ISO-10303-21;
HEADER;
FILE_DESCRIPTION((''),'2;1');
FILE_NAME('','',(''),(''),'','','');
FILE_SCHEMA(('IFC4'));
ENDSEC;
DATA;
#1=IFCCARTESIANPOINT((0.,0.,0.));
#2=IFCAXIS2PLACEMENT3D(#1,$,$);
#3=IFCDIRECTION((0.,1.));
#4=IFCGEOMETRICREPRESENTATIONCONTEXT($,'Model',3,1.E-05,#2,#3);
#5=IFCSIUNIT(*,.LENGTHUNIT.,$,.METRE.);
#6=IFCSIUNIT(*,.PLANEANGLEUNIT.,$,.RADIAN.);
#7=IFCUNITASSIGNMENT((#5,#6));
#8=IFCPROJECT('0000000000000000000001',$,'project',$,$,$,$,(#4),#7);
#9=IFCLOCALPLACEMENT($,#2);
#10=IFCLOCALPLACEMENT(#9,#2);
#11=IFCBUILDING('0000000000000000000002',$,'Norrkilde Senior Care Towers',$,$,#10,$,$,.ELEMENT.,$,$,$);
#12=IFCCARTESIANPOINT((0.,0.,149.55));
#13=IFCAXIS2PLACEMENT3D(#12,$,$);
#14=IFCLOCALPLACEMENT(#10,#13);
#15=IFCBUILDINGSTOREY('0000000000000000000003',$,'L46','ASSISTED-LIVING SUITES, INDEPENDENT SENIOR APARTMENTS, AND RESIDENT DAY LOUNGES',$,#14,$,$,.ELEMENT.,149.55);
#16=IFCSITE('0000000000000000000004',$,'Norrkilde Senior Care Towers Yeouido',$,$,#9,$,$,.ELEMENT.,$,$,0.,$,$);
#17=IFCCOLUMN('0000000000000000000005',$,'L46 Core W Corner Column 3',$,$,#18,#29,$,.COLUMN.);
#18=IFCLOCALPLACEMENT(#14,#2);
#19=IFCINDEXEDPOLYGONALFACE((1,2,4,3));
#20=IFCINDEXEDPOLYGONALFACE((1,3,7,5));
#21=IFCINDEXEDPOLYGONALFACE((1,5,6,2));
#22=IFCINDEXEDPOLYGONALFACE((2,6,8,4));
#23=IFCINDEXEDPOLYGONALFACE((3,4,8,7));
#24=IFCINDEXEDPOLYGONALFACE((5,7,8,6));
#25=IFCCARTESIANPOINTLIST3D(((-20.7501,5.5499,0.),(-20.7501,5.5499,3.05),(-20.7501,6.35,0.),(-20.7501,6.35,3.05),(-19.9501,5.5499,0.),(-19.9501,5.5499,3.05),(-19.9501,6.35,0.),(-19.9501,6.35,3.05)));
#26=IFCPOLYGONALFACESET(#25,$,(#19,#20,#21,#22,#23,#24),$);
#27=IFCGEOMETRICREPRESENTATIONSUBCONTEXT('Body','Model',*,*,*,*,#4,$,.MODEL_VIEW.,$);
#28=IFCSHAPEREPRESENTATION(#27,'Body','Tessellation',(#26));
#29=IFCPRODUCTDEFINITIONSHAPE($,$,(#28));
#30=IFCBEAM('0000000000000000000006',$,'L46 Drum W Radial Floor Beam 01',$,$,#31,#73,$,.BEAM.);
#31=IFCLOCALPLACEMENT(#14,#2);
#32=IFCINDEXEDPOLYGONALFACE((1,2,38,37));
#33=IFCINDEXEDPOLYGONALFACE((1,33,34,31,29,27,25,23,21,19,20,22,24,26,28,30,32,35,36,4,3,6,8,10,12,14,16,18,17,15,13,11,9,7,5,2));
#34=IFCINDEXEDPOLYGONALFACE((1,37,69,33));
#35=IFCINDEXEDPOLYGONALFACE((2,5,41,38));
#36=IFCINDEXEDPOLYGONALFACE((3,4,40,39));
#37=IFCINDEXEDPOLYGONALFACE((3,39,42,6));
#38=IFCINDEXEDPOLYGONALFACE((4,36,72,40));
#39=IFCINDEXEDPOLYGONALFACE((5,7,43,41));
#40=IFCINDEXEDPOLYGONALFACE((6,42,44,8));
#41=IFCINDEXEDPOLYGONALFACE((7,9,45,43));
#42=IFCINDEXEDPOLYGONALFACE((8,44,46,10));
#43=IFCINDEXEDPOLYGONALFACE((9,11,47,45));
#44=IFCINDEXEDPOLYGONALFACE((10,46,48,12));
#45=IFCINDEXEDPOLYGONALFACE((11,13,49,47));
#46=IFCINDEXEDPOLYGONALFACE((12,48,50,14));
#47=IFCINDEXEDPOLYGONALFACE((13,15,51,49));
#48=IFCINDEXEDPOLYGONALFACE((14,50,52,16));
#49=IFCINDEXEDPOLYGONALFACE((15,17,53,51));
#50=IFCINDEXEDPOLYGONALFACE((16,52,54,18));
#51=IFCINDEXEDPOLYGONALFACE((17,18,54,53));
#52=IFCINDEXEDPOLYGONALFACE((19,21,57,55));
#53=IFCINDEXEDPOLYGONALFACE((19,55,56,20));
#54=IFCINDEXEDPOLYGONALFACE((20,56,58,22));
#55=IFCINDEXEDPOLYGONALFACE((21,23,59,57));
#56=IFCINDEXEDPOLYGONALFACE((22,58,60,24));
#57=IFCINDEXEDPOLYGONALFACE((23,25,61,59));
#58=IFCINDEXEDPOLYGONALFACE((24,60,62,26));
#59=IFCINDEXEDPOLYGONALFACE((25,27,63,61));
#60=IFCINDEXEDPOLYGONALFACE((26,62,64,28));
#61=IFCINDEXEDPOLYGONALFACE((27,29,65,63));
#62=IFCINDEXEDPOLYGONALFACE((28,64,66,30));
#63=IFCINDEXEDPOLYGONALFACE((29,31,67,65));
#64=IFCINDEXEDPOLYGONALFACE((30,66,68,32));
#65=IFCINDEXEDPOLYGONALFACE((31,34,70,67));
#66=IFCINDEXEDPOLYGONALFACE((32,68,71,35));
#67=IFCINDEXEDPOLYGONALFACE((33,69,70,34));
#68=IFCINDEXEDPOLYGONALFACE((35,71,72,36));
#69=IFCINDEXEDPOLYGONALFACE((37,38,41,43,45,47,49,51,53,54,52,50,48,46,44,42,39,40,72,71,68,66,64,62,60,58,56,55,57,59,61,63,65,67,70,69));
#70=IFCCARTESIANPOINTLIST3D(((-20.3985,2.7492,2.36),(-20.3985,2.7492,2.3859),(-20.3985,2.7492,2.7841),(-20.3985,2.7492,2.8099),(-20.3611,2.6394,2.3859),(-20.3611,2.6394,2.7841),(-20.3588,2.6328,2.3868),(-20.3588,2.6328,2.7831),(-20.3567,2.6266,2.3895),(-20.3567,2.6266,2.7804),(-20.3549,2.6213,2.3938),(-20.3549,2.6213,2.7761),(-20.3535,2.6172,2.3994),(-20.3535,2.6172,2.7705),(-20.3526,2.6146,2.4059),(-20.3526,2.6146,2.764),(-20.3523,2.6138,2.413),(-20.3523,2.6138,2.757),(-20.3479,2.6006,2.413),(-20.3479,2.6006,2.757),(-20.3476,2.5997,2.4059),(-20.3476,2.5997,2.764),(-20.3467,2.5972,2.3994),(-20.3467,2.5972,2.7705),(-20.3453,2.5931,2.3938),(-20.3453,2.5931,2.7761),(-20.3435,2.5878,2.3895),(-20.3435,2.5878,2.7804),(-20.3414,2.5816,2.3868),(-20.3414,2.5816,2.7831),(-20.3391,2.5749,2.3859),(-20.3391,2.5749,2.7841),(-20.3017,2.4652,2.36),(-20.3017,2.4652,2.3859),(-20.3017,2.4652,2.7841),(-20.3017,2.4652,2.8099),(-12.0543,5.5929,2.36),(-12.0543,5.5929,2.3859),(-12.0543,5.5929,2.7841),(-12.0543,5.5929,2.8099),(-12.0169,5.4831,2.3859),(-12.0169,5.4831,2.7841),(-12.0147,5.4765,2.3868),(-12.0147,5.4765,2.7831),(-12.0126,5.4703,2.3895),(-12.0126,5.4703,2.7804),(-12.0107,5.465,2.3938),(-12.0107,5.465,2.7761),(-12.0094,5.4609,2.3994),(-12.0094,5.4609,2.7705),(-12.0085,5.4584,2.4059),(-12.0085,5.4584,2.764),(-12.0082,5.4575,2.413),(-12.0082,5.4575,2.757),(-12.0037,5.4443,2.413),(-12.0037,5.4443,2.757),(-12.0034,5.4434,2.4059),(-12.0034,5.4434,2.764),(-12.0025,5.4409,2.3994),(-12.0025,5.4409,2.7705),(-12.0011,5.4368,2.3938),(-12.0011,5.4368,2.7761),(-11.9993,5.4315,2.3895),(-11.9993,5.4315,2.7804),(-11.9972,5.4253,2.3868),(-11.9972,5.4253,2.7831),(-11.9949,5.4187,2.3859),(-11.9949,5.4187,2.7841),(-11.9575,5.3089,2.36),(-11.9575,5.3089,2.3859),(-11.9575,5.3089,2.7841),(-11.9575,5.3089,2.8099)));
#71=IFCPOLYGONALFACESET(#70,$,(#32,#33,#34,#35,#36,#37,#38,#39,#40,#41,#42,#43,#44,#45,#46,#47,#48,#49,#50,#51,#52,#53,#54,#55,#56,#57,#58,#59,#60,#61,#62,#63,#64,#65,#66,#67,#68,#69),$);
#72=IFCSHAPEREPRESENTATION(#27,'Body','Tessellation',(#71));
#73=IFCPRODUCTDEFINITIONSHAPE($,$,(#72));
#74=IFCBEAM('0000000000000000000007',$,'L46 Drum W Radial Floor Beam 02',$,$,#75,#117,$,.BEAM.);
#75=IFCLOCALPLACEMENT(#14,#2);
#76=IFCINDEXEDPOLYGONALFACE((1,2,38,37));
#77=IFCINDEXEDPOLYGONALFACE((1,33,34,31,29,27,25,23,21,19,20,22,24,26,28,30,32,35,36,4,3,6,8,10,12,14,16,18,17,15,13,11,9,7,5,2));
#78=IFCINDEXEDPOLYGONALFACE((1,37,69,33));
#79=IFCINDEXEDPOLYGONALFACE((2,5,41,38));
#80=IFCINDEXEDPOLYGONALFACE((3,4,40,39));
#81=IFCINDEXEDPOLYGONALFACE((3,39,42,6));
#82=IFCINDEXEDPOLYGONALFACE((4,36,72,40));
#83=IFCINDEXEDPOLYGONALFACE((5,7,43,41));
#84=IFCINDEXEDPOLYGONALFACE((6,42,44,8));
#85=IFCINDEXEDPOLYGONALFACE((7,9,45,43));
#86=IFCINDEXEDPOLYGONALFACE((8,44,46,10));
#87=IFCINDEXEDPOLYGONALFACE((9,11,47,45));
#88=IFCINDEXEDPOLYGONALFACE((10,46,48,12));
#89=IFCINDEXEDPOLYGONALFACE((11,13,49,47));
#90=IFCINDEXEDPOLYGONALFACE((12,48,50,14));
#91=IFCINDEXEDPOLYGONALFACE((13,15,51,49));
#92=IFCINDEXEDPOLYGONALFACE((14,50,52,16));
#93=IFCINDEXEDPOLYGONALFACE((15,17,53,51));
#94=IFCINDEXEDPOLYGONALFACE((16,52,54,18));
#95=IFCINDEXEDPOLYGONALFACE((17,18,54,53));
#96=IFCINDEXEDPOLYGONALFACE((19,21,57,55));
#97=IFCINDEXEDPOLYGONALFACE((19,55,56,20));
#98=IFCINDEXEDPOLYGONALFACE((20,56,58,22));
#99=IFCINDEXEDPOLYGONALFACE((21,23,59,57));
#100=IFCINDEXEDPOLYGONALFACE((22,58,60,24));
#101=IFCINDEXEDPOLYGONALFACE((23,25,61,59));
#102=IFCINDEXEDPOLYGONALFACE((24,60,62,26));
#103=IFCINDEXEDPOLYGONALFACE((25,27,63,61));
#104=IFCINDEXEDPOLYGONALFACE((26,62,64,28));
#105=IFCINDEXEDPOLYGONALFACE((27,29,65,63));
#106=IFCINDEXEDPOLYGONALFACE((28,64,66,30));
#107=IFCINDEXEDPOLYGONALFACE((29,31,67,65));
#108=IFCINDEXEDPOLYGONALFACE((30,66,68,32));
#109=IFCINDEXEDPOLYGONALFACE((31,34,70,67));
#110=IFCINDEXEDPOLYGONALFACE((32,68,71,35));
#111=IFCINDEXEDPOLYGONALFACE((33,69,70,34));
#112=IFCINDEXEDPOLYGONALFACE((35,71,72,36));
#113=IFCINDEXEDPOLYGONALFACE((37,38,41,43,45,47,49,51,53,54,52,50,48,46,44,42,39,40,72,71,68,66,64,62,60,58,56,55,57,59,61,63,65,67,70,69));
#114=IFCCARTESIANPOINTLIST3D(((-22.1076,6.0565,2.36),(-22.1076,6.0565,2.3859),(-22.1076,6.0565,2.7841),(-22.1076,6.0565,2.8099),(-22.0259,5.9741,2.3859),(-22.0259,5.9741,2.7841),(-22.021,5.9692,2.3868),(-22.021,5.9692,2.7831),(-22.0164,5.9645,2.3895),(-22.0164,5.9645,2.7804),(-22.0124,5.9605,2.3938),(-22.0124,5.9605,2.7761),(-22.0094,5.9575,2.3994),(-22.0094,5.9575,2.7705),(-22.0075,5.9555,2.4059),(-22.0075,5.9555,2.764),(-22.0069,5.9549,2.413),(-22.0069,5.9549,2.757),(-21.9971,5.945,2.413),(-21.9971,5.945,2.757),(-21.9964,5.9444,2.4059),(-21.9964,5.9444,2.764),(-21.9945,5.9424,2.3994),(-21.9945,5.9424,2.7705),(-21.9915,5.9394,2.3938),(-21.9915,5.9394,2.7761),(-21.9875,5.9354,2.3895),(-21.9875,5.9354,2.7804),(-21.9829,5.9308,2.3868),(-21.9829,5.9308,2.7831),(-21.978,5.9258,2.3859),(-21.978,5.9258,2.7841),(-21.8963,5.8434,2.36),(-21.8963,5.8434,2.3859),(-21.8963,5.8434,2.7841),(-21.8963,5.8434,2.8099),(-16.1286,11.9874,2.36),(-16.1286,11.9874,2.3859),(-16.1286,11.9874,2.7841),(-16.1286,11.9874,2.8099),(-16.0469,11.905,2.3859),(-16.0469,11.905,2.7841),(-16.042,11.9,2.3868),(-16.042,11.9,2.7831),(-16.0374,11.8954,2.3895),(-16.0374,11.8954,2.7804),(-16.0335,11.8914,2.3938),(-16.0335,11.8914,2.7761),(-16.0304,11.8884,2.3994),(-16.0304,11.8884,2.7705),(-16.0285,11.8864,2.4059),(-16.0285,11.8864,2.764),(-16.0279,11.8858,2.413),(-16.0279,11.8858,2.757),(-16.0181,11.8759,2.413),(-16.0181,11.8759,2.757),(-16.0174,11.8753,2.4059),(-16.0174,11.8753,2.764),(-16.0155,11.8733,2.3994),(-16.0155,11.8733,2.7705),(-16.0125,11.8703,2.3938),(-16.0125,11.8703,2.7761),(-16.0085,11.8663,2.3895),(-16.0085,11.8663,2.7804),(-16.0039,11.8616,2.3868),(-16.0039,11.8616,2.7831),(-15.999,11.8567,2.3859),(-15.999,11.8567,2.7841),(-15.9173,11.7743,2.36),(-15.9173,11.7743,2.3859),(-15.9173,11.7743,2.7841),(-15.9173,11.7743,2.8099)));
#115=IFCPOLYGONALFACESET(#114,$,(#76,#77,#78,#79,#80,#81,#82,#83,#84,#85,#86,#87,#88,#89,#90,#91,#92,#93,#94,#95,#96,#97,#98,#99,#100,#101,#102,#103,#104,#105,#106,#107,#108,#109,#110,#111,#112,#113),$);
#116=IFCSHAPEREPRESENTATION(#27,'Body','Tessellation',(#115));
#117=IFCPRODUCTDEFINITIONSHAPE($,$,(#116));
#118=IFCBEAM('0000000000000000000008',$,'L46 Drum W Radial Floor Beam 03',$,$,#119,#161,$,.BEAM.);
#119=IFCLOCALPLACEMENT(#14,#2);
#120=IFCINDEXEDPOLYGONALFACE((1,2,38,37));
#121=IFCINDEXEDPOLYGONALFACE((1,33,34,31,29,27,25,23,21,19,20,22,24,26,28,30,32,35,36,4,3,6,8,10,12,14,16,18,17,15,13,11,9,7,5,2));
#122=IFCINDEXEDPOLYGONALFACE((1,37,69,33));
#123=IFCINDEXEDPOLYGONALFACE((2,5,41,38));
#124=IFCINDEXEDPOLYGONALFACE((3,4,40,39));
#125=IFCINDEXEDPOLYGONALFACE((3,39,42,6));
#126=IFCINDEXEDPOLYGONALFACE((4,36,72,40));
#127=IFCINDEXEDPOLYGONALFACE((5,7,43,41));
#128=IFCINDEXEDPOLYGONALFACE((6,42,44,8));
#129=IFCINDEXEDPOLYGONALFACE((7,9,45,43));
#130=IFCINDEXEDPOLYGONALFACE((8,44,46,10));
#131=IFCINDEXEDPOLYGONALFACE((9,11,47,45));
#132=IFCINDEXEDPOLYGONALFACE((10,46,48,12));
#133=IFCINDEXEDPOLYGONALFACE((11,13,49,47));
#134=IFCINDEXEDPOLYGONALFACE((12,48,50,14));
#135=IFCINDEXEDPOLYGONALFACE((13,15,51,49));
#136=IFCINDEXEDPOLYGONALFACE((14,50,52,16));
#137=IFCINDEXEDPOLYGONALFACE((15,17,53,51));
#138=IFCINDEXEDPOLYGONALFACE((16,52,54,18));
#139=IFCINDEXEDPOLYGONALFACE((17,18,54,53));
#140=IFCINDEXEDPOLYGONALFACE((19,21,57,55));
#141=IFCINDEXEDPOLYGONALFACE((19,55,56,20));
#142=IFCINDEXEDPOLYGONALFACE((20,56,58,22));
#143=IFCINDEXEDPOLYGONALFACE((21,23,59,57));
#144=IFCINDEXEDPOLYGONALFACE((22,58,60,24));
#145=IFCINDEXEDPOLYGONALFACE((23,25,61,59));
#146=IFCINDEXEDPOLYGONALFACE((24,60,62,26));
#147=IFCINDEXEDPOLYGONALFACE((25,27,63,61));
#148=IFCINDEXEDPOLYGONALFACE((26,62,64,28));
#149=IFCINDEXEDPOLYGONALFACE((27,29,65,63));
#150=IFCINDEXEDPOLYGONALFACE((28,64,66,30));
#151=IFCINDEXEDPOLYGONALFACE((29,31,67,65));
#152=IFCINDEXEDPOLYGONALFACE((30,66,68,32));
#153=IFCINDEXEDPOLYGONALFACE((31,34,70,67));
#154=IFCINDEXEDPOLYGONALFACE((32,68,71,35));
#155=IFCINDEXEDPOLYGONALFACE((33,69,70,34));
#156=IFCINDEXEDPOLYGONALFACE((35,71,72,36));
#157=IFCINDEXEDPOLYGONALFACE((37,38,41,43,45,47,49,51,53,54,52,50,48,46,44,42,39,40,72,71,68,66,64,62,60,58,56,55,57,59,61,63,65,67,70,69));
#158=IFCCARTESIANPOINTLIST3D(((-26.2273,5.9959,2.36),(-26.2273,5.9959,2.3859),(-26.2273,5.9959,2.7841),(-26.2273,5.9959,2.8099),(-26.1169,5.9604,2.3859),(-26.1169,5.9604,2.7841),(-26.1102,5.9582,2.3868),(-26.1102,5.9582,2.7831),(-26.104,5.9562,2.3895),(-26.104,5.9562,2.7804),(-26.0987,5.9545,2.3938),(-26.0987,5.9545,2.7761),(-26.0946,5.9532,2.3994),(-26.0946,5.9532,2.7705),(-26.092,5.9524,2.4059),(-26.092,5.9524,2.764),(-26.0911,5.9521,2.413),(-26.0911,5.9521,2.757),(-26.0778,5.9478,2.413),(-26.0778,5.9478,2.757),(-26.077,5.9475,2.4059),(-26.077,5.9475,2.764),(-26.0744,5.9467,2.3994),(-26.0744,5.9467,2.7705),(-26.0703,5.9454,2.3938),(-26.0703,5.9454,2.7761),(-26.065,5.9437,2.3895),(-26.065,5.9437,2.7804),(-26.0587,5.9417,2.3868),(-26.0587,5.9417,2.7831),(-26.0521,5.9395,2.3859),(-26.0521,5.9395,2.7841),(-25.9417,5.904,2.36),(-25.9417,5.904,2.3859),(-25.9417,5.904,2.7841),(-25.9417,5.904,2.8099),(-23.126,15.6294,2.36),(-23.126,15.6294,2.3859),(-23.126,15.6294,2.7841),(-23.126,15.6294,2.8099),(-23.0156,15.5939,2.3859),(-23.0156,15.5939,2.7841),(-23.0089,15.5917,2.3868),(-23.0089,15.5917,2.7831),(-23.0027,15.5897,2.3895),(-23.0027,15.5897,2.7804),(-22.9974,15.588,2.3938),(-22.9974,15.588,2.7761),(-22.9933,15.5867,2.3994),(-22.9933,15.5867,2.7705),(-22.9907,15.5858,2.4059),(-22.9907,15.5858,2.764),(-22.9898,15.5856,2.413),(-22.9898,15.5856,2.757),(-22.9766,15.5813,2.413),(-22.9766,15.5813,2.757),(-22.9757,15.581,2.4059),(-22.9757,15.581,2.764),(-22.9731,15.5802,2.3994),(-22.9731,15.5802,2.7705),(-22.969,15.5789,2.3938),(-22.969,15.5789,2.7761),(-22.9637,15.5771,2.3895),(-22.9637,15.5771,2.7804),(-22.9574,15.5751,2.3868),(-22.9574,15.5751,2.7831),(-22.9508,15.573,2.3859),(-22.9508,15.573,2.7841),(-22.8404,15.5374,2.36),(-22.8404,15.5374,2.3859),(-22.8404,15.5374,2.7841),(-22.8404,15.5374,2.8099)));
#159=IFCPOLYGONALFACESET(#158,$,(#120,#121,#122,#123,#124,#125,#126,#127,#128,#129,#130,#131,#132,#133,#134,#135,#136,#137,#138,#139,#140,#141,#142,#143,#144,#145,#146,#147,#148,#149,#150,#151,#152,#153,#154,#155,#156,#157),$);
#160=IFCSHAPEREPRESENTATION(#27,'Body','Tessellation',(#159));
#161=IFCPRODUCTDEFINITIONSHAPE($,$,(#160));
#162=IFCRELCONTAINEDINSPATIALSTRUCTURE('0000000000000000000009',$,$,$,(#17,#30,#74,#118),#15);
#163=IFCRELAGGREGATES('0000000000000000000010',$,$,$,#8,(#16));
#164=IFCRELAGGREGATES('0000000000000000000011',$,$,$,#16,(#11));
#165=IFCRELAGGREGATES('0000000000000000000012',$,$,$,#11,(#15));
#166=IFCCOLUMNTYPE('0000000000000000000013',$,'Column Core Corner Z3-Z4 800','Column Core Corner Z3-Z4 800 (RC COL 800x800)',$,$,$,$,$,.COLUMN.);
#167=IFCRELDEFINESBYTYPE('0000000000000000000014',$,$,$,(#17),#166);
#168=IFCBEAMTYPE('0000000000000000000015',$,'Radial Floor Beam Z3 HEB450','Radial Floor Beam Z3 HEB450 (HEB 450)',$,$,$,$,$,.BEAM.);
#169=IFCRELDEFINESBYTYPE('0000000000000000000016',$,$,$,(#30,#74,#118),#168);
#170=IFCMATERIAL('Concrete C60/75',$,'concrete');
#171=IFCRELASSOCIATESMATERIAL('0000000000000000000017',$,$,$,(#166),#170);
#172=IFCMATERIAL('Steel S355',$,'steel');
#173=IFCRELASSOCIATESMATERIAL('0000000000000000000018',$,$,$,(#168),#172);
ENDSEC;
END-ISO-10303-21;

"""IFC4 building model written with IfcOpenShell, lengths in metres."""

from ifc_helpers import new_model, si_unit, direction, frame, origin, origin_2d, place, context, subcontext, project, spatial, rectangle, i_section, extrude, source, transform, mapped, material, material_profile, profile_set, type_object, type_shapes, element, save


model = new_model("IFC4")

# Units and contexts
model_context = context("Model", 3, precision=1e-05, world=origin(), true_north=direction((0.0, 1.0)))
body_context = subcontext(model_context, "Body", "Model", "MODEL_VIEW")
ifc_project = project(units=[si_unit("LENGTHUNIT", "METRE"), si_unit("PLANEANGLEUNIT", "RADIAN")], contexts=[model_context])

# Site, building, storey
site_placement = place(None, origin())
site = spatial("IfcSite", under=ifc_project, at=site_placement, Name="Norrkilde Senior Care Towers Yeouido", CompositionType="ELEMENT", RefElevation=0.0)
building_placement = place(site_placement, origin())
building = spatial("IfcBuilding", under=site, at=building_placement, Name="Norrkilde Senior Care Towers", CompositionType="ELEMENT")
storey_placement = place(building_placement, frame((0.0, 0.0, 149.55)))
storey = spatial("IfcBuildingStorey", under=building, at=storey_placement, Name="L46", Description="ASSISTED-LIVING SUITES, INDEPENDENT SENIOR APARTMENTS, AND RESIDENT DAY LOUNGES", CompositionType="ELEMENT", Elevation=149.55)

# Column
ifc_material_1 = material(Name="Concrete C60/75", Category="concrete")
ifc_material_profile_1 = material_profile(ifc_material_1, rectangle(XDim=0.8, YDim=0.8, at=origin_2d()), Name="RC COL 800x800")
ifc_profile_set_1 = profile_set([ifc_material_profile_1], Name="Concrete C60/75")
column_type = type_object("IfcColumnType", Name="Column Core Corner Z3-Z4 800", Description="Column Core Corner Z3-Z4 800 (RC COL 800x800)", PredefinedType="COLUMN", material=ifc_profile_set_1)
shared_shape_1 = source(origin(), body_context, "Body", "SweptSolid", [
    extrude(rectangle(XDim=0.8, YDim=0.8, at=origin_2d()), origin(), (0.0, 0.0, 1.0), 3.05),
])
type_shapes(column_type, [shared_shape_1])
column_placement = place(storey_placement, frame((-20.3501, 5.95, 0.0), z_axis=(0.0, 0.0, 1.0), x_axis=(1.0, 0.0, 0.0)))
element("IfcColumn", 1, at=column_placement, inside=storey, type_object=column_type, Name="L46 Core W Corner Column 3", PredefinedType="COLUMN", context=body_context, shape_type="MappedRepresentation", body=[
    mapped(shared_shape_1, transform((0.0, 0.0, 0.0), x_axis=(1.0, 0.0, 0.0), y_axis=(0.0, 1.0, 0.0), z_axis=(0.0, 0.0, 1.0), scale=1.0)),
])

# Beams
ifc_material_2 = material(Name="Steel S355", Category="steel")
ifc_material_profile_2 = material_profile(ifc_material_2, i_section(OverallWidth=0.3, OverallDepth=0.45, WebThickness=0.0139, FlangeThickness=0.0259, FilletRadius=0.0271, at=origin_2d()), Name="HEB 450")
ifc_profile_set_2 = profile_set([ifc_material_profile_2], Name="Steel S355")
beam_type = type_object("IfcBeamType", Name="Radial Floor Beam Z3 HEB450", Description="Radial Floor Beam Z3 HEB450 (HEB 450)", PredefinedType="BEAM", material=ifc_profile_set_2)
shared_shape_2 = source(origin(), body_context, "Body", "SweptSolid", [
    extrude(i_section(OverallWidth=0.3, OverallDepth=0.45, WebThickness=0.0139, FlangeThickness=0.0259, FilletRadius=0.0271, at=origin_2d()), origin(), (0.0, 0.0, 1.0), 8.8154),
])
beam_1_placement = place(storey_placement, frame((-20.3501, 2.6072, 2.585), z_axis=(0.946541, 0.322585, 0.0), x_axis=(-0.322585, 0.946541, 0.0)))
element("IfcBeam", 2, at=beam_1_placement, inside=storey, type_object=beam_type, Name="L46 Drum W Radial Floor Beam 01", PredefinedType="BEAM", context=body_context, shape_type="MappedRepresentation", body=[
    mapped(shared_shape_2, transform((0.0, 0.0, 0.0), x_axis=(1.0, 0.0, 0.0), y_axis=(0.0, 1.0, 0.0), z_axis=(0.0, 0.0, 1.0), scale=1.0)),
])
shared_shape_3 = source(origin(), body_context, "Body", "SweptSolid", [
    extrude(i_section(OverallWidth=0.3, OverallDepth=0.45, WebThickness=0.0139, FlangeThickness=0.0259, FilletRadius=0.0271, at=origin_2d()), origin(), (0.0, 0.0, 1.0), 8.4216),
])
beam_2_placement = place(storey_placement, frame((-22.002, 5.95, 2.585), z_axis=(0.709956, 0.704246, 0.0), x_axis=(-0.704246, 0.709956, 0.0)))
element("IfcBeam", 3, at=beam_2_placement, inside=storey, type_object=beam_type, Name="L46 Drum W Radial Floor Beam 02", PredefinedType="BEAM", context=body_context, shape_type="MappedRepresentation", body=[
    mapped(shared_shape_3, transform((0.0, 0.0, 0.0), x_axis=(1.0, 0.0, 0.0), y_axis=(0.0, 1.0, 0.0), z_axis=(0.0, 0.0, 1.0), scale=1.0)),
])
shared_shape_4 = source(origin(), body_context, "Body", "SweptSolid", [
    extrude(i_section(OverallWidth=0.3, OverallDepth=0.45, WebThickness=0.0139, FlangeThickness=0.0259, FilletRadius=0.0271, at=origin_2d()), origin(), (0.0, 0.0, 1.0), 10.1204),
])
type_shapes(beam_type, [shared_shape_2, shared_shape_3, shared_shape_4])
beam_3_placement = place(storey_placement, frame((-26.0845, 5.95, 2.585), z_axis=(0.306441, 0.95189, 0.0), x_axis=(-0.95189, 0.306441, 0.0)))
element("IfcBeam", 4, at=beam_3_placement, inside=storey, type_object=beam_type, Name="L46 Drum W Radial Floor Beam 03", PredefinedType="BEAM", context=body_context, shape_type="MappedRepresentation", body=[
    mapped(shared_shape_4, transform((0.0, 0.0, 0.0), x_axis=(1.0, 0.0, 0.0), y_axis=(0.0, 1.0, 0.0), z_axis=(0.0, 0.0, 1.0), scale=1.0)),
])

save(model, "model.ifc")
